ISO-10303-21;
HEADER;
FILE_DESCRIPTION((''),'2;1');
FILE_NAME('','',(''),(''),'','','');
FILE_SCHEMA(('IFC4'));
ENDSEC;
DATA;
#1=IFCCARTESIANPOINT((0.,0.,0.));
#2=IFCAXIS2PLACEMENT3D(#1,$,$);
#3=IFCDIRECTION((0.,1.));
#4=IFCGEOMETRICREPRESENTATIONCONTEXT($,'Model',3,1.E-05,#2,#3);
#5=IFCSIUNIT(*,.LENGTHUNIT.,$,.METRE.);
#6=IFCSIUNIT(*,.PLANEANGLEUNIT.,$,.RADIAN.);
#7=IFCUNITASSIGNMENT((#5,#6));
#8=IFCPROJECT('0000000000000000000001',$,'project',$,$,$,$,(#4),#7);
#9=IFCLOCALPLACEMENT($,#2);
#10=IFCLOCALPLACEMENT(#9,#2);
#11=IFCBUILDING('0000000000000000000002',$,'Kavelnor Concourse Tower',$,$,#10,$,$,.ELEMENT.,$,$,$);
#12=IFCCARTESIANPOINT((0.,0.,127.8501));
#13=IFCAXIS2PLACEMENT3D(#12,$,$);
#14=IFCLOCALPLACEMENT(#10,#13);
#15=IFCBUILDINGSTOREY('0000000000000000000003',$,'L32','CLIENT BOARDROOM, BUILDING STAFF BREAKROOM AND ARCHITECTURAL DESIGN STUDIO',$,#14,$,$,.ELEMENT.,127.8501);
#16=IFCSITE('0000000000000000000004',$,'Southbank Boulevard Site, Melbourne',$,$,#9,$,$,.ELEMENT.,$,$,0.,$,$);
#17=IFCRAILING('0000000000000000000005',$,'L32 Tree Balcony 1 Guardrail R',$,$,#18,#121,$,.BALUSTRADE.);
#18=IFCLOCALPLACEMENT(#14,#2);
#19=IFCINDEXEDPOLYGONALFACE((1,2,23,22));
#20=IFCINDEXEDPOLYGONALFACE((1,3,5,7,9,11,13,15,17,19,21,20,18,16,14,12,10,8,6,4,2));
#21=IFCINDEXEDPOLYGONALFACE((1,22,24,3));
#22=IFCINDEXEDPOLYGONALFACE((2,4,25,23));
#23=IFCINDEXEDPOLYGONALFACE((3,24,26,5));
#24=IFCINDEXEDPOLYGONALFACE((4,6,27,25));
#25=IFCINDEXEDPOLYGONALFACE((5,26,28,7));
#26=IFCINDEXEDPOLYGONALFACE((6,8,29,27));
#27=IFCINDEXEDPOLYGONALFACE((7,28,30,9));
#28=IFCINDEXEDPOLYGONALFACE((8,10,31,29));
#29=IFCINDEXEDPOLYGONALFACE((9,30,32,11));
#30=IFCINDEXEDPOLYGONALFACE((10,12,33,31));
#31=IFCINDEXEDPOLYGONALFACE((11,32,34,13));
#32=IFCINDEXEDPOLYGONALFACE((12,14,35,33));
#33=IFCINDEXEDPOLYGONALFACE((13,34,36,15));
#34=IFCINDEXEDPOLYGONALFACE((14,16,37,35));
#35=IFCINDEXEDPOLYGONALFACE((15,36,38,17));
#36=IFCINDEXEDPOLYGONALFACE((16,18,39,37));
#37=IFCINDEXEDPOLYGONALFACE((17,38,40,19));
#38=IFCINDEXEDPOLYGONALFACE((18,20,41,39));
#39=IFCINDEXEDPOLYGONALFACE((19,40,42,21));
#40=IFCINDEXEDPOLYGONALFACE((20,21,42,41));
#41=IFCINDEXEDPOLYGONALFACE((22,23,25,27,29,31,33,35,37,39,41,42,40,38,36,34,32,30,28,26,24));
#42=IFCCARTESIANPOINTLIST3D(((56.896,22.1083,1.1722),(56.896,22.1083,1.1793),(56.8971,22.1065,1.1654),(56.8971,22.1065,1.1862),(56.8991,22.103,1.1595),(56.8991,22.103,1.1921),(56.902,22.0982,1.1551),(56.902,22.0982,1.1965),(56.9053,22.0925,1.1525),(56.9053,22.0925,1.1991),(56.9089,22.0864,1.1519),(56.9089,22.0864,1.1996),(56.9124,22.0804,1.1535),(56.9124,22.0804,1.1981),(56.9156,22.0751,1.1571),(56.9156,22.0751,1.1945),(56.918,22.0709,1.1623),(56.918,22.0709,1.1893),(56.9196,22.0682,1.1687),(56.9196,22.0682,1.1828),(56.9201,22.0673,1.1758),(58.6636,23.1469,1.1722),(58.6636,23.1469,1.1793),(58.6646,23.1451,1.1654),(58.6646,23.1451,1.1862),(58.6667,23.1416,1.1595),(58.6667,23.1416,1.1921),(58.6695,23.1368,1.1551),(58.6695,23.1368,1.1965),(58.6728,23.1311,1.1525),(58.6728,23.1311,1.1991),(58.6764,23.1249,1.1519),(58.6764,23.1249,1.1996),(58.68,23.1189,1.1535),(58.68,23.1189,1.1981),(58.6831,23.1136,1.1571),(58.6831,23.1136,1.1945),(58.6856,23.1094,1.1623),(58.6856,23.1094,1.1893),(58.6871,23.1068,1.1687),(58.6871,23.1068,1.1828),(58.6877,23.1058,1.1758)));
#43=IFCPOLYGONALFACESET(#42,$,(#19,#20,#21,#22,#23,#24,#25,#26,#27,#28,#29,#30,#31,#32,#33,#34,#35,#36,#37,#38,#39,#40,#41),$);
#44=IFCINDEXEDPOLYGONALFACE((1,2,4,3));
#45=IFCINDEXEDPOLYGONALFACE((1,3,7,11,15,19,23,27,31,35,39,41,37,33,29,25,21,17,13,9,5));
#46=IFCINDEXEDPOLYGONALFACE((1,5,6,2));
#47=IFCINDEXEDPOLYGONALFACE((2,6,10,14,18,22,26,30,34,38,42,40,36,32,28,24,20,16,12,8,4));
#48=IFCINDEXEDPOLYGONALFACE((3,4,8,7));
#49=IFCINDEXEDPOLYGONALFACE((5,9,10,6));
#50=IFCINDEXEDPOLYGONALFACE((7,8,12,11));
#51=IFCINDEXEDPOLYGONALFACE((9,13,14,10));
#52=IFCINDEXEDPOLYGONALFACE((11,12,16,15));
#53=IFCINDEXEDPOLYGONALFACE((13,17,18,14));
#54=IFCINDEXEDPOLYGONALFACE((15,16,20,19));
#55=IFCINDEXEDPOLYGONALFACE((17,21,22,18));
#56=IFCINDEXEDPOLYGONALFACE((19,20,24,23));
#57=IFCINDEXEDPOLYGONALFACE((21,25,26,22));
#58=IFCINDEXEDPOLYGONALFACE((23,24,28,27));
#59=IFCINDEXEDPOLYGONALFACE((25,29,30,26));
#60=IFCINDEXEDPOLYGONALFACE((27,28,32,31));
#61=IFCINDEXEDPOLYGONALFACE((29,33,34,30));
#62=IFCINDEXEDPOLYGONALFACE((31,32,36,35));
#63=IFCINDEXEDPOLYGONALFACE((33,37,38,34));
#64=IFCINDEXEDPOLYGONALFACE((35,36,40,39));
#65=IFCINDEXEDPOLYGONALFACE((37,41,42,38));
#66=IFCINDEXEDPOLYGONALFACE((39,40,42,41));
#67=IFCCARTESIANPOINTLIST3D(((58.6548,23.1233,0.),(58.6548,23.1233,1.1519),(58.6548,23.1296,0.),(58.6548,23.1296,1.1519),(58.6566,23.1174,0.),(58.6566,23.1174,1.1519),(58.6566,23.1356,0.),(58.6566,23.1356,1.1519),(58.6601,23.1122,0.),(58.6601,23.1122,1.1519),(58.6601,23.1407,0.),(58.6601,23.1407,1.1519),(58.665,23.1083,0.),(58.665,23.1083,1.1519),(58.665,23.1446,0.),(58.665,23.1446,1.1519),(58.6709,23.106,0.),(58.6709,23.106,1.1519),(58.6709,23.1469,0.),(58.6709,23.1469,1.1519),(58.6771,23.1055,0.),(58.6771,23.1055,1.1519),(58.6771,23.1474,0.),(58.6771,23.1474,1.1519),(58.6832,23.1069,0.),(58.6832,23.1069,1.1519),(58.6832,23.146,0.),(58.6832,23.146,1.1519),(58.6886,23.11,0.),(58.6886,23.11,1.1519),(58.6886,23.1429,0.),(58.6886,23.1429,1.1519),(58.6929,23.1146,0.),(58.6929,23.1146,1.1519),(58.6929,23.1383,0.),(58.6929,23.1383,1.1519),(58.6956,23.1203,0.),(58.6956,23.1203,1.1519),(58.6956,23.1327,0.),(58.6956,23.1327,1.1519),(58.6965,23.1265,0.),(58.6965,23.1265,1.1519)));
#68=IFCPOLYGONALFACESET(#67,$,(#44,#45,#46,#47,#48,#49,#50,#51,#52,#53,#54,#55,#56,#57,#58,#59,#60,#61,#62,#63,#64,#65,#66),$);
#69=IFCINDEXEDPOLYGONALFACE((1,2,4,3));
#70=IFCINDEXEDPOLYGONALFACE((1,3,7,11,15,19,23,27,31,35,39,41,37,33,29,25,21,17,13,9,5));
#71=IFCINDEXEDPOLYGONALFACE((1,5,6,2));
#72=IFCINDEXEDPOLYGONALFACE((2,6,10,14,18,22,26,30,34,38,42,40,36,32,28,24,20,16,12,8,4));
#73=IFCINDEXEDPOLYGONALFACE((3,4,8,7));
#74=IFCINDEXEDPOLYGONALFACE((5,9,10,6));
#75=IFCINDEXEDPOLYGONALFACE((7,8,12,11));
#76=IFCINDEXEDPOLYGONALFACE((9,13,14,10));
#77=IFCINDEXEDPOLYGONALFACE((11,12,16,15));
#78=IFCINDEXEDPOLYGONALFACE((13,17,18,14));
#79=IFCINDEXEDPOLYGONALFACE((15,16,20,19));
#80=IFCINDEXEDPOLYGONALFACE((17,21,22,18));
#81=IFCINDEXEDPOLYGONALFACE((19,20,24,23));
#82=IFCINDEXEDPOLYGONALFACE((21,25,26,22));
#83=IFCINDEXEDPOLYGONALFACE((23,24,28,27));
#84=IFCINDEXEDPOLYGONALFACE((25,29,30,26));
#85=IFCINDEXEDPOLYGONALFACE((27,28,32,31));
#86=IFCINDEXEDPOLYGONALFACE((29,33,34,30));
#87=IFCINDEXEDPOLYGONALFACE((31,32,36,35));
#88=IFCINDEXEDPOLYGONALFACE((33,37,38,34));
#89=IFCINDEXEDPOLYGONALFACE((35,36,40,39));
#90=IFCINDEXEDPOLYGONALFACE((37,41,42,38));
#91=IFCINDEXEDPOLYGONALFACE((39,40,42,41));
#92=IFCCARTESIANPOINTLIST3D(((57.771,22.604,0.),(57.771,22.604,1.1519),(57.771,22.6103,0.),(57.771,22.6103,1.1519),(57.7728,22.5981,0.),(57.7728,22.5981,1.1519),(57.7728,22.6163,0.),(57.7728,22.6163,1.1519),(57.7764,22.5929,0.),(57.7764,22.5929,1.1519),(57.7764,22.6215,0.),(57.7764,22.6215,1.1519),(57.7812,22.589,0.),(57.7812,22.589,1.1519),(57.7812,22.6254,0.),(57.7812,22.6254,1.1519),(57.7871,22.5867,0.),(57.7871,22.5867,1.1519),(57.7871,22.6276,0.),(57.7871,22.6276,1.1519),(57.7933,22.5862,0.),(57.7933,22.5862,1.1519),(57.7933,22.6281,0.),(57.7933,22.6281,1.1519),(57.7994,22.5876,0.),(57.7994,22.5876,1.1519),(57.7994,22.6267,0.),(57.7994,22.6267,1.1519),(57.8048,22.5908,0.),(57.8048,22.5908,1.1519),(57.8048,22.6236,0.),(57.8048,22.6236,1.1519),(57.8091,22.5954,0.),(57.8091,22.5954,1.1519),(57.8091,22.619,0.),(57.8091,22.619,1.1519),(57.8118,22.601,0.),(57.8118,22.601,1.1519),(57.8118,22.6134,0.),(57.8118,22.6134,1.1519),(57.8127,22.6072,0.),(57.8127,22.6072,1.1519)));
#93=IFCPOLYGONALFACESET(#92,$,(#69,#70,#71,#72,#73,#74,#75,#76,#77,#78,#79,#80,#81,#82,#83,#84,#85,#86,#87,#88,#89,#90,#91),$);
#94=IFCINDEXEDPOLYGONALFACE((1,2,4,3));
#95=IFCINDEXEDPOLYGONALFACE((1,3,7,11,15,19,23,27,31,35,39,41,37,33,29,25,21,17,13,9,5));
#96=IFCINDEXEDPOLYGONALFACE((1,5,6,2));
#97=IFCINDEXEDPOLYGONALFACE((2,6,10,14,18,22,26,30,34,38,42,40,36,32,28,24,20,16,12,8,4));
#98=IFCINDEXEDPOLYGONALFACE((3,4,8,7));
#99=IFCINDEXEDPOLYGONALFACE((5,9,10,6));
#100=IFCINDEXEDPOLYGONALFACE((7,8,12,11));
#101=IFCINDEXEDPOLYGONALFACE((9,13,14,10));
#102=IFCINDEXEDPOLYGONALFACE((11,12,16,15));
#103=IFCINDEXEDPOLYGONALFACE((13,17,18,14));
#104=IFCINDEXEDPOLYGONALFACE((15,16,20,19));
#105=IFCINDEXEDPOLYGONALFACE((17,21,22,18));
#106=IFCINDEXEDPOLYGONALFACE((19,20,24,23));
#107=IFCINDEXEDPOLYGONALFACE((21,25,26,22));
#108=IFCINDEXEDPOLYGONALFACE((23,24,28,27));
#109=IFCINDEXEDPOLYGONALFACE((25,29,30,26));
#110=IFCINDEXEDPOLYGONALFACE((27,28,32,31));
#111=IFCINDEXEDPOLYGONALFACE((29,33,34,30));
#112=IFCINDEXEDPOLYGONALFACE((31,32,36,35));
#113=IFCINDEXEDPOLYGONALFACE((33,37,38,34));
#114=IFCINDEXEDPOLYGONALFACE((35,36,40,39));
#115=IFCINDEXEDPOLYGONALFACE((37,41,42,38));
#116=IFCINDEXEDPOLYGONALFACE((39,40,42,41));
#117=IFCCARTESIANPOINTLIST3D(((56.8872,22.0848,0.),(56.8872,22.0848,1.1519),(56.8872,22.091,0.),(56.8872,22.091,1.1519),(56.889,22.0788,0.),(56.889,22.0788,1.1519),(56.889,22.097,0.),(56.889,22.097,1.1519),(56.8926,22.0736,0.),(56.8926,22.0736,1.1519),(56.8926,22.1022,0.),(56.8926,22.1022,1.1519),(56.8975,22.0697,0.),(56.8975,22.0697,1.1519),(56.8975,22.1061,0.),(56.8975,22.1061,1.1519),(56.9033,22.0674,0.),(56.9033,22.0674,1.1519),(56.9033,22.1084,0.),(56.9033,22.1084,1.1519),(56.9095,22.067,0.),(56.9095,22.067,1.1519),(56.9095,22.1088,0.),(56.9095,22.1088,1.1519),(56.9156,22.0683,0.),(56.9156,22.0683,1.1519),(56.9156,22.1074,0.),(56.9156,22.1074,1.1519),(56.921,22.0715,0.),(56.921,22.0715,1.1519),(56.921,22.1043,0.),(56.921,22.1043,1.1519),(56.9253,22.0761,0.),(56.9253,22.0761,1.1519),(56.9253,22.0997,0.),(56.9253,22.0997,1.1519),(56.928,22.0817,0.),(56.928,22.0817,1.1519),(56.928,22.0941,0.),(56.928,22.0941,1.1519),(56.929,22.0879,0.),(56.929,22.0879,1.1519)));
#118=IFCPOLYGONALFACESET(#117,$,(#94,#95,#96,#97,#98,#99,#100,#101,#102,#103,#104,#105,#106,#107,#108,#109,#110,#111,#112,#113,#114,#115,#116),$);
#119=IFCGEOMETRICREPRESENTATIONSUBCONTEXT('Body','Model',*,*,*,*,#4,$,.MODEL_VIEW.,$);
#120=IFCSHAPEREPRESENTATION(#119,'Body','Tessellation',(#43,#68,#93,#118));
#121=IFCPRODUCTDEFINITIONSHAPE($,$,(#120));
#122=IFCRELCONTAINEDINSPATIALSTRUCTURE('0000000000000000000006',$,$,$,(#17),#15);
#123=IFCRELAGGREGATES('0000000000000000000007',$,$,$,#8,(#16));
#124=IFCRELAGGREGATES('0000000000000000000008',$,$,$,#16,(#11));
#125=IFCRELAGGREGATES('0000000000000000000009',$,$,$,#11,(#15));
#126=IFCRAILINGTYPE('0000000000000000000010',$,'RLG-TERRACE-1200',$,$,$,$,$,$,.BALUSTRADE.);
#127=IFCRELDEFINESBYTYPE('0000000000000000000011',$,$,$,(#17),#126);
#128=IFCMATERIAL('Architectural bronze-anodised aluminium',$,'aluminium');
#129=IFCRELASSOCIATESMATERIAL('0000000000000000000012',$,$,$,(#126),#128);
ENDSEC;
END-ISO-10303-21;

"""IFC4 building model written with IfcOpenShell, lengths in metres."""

from ifc_helpers import new_model, si_unit, direction, frame, origin, origin_2d, place, context, subcontext, project, spatial, circle, extrude, material, type_object, element, save


model = new_model("IFC4")

# Units and contexts
model_context = context("Model", 3, precision=1e-05, world=origin(), true_north=direction((0.0, 1.0)))
body_context = subcontext(model_context, "Body", "Model", "MODEL_VIEW")
ifc_project = project(units=[si_unit("LENGTHUNIT", "METRE"), si_unit("PLANEANGLEUNIT", "RADIAN")], contexts=[model_context])

# Site, building, storey
site_placement = place(None, origin())
site = spatial("IfcSite", under=ifc_project, at=site_placement, Name="Southbank Boulevard Site, Melbourne", CompositionType="ELEMENT", RefElevation=0.0)
building_placement = place(site_placement, origin())
building = spatial("IfcBuilding", under=site, at=building_placement, Name="Kavelnor Concourse Tower", CompositionType="ELEMENT")
storey_placement = place(building_placement, frame((0.0, 0.0, 127.8501)))
storey = spatial("IfcBuildingStorey", under=building, at=storey_placement, Name="L32", Description="CLIENT BOARDROOM, BUILDING STAFF BREAKROOM AND ARCHITECTURAL DESIGN STUDIO", CompositionType="ELEMENT", Elevation=127.8501)

# Railing
ifc_material_1 = material(Name="Architectural bronze-anodised aluminium", Category="aluminium")
railing_type_1 = type_object("IfcRailingType", Name="RLG-TERRACE-1200", PredefinedType="BALUSTRADE", material=ifc_material_1)
railing_1_placement = place(storey_placement, frame((58.6755, 23.1265, 0.0)))
element("IfcRailing", 1, at=railing_1_placement, inside=storey, type_object=railing_type_1, Name="L32 Tree Balcony 1 Guardrail R", PredefinedType="BALUSTRADE", context=body_context, shape_type="SweptSolid", body=[
    extrude(circle(Radius=0.0239, at=origin_2d()), frame((0.0, 0.0, 1.1758), z_axis=(-0.862185, -0.506593, 0.0), x_axis=(0.506593, -0.862185, 0.0)), (0.0, 0.0, 1.0), 2.05),
    extrude(circle(Radius=0.021, at=origin_2d()), origin(), (0.0, 0.0, 1.0), 1.1519),
    extrude(circle(Radius=0.021, at=origin_2d()), frame((-0.8838, -0.5193, 0.0)), (0.0, 0.0, 1.0), 1.1519),
    extrude(circle(Radius=0.021, at=origin_2d()), frame((-1.7676, -1.0386, 0.0)), (0.0, 0.0, 1.0), 1.1519),
])

save(model, "model.ifc")
